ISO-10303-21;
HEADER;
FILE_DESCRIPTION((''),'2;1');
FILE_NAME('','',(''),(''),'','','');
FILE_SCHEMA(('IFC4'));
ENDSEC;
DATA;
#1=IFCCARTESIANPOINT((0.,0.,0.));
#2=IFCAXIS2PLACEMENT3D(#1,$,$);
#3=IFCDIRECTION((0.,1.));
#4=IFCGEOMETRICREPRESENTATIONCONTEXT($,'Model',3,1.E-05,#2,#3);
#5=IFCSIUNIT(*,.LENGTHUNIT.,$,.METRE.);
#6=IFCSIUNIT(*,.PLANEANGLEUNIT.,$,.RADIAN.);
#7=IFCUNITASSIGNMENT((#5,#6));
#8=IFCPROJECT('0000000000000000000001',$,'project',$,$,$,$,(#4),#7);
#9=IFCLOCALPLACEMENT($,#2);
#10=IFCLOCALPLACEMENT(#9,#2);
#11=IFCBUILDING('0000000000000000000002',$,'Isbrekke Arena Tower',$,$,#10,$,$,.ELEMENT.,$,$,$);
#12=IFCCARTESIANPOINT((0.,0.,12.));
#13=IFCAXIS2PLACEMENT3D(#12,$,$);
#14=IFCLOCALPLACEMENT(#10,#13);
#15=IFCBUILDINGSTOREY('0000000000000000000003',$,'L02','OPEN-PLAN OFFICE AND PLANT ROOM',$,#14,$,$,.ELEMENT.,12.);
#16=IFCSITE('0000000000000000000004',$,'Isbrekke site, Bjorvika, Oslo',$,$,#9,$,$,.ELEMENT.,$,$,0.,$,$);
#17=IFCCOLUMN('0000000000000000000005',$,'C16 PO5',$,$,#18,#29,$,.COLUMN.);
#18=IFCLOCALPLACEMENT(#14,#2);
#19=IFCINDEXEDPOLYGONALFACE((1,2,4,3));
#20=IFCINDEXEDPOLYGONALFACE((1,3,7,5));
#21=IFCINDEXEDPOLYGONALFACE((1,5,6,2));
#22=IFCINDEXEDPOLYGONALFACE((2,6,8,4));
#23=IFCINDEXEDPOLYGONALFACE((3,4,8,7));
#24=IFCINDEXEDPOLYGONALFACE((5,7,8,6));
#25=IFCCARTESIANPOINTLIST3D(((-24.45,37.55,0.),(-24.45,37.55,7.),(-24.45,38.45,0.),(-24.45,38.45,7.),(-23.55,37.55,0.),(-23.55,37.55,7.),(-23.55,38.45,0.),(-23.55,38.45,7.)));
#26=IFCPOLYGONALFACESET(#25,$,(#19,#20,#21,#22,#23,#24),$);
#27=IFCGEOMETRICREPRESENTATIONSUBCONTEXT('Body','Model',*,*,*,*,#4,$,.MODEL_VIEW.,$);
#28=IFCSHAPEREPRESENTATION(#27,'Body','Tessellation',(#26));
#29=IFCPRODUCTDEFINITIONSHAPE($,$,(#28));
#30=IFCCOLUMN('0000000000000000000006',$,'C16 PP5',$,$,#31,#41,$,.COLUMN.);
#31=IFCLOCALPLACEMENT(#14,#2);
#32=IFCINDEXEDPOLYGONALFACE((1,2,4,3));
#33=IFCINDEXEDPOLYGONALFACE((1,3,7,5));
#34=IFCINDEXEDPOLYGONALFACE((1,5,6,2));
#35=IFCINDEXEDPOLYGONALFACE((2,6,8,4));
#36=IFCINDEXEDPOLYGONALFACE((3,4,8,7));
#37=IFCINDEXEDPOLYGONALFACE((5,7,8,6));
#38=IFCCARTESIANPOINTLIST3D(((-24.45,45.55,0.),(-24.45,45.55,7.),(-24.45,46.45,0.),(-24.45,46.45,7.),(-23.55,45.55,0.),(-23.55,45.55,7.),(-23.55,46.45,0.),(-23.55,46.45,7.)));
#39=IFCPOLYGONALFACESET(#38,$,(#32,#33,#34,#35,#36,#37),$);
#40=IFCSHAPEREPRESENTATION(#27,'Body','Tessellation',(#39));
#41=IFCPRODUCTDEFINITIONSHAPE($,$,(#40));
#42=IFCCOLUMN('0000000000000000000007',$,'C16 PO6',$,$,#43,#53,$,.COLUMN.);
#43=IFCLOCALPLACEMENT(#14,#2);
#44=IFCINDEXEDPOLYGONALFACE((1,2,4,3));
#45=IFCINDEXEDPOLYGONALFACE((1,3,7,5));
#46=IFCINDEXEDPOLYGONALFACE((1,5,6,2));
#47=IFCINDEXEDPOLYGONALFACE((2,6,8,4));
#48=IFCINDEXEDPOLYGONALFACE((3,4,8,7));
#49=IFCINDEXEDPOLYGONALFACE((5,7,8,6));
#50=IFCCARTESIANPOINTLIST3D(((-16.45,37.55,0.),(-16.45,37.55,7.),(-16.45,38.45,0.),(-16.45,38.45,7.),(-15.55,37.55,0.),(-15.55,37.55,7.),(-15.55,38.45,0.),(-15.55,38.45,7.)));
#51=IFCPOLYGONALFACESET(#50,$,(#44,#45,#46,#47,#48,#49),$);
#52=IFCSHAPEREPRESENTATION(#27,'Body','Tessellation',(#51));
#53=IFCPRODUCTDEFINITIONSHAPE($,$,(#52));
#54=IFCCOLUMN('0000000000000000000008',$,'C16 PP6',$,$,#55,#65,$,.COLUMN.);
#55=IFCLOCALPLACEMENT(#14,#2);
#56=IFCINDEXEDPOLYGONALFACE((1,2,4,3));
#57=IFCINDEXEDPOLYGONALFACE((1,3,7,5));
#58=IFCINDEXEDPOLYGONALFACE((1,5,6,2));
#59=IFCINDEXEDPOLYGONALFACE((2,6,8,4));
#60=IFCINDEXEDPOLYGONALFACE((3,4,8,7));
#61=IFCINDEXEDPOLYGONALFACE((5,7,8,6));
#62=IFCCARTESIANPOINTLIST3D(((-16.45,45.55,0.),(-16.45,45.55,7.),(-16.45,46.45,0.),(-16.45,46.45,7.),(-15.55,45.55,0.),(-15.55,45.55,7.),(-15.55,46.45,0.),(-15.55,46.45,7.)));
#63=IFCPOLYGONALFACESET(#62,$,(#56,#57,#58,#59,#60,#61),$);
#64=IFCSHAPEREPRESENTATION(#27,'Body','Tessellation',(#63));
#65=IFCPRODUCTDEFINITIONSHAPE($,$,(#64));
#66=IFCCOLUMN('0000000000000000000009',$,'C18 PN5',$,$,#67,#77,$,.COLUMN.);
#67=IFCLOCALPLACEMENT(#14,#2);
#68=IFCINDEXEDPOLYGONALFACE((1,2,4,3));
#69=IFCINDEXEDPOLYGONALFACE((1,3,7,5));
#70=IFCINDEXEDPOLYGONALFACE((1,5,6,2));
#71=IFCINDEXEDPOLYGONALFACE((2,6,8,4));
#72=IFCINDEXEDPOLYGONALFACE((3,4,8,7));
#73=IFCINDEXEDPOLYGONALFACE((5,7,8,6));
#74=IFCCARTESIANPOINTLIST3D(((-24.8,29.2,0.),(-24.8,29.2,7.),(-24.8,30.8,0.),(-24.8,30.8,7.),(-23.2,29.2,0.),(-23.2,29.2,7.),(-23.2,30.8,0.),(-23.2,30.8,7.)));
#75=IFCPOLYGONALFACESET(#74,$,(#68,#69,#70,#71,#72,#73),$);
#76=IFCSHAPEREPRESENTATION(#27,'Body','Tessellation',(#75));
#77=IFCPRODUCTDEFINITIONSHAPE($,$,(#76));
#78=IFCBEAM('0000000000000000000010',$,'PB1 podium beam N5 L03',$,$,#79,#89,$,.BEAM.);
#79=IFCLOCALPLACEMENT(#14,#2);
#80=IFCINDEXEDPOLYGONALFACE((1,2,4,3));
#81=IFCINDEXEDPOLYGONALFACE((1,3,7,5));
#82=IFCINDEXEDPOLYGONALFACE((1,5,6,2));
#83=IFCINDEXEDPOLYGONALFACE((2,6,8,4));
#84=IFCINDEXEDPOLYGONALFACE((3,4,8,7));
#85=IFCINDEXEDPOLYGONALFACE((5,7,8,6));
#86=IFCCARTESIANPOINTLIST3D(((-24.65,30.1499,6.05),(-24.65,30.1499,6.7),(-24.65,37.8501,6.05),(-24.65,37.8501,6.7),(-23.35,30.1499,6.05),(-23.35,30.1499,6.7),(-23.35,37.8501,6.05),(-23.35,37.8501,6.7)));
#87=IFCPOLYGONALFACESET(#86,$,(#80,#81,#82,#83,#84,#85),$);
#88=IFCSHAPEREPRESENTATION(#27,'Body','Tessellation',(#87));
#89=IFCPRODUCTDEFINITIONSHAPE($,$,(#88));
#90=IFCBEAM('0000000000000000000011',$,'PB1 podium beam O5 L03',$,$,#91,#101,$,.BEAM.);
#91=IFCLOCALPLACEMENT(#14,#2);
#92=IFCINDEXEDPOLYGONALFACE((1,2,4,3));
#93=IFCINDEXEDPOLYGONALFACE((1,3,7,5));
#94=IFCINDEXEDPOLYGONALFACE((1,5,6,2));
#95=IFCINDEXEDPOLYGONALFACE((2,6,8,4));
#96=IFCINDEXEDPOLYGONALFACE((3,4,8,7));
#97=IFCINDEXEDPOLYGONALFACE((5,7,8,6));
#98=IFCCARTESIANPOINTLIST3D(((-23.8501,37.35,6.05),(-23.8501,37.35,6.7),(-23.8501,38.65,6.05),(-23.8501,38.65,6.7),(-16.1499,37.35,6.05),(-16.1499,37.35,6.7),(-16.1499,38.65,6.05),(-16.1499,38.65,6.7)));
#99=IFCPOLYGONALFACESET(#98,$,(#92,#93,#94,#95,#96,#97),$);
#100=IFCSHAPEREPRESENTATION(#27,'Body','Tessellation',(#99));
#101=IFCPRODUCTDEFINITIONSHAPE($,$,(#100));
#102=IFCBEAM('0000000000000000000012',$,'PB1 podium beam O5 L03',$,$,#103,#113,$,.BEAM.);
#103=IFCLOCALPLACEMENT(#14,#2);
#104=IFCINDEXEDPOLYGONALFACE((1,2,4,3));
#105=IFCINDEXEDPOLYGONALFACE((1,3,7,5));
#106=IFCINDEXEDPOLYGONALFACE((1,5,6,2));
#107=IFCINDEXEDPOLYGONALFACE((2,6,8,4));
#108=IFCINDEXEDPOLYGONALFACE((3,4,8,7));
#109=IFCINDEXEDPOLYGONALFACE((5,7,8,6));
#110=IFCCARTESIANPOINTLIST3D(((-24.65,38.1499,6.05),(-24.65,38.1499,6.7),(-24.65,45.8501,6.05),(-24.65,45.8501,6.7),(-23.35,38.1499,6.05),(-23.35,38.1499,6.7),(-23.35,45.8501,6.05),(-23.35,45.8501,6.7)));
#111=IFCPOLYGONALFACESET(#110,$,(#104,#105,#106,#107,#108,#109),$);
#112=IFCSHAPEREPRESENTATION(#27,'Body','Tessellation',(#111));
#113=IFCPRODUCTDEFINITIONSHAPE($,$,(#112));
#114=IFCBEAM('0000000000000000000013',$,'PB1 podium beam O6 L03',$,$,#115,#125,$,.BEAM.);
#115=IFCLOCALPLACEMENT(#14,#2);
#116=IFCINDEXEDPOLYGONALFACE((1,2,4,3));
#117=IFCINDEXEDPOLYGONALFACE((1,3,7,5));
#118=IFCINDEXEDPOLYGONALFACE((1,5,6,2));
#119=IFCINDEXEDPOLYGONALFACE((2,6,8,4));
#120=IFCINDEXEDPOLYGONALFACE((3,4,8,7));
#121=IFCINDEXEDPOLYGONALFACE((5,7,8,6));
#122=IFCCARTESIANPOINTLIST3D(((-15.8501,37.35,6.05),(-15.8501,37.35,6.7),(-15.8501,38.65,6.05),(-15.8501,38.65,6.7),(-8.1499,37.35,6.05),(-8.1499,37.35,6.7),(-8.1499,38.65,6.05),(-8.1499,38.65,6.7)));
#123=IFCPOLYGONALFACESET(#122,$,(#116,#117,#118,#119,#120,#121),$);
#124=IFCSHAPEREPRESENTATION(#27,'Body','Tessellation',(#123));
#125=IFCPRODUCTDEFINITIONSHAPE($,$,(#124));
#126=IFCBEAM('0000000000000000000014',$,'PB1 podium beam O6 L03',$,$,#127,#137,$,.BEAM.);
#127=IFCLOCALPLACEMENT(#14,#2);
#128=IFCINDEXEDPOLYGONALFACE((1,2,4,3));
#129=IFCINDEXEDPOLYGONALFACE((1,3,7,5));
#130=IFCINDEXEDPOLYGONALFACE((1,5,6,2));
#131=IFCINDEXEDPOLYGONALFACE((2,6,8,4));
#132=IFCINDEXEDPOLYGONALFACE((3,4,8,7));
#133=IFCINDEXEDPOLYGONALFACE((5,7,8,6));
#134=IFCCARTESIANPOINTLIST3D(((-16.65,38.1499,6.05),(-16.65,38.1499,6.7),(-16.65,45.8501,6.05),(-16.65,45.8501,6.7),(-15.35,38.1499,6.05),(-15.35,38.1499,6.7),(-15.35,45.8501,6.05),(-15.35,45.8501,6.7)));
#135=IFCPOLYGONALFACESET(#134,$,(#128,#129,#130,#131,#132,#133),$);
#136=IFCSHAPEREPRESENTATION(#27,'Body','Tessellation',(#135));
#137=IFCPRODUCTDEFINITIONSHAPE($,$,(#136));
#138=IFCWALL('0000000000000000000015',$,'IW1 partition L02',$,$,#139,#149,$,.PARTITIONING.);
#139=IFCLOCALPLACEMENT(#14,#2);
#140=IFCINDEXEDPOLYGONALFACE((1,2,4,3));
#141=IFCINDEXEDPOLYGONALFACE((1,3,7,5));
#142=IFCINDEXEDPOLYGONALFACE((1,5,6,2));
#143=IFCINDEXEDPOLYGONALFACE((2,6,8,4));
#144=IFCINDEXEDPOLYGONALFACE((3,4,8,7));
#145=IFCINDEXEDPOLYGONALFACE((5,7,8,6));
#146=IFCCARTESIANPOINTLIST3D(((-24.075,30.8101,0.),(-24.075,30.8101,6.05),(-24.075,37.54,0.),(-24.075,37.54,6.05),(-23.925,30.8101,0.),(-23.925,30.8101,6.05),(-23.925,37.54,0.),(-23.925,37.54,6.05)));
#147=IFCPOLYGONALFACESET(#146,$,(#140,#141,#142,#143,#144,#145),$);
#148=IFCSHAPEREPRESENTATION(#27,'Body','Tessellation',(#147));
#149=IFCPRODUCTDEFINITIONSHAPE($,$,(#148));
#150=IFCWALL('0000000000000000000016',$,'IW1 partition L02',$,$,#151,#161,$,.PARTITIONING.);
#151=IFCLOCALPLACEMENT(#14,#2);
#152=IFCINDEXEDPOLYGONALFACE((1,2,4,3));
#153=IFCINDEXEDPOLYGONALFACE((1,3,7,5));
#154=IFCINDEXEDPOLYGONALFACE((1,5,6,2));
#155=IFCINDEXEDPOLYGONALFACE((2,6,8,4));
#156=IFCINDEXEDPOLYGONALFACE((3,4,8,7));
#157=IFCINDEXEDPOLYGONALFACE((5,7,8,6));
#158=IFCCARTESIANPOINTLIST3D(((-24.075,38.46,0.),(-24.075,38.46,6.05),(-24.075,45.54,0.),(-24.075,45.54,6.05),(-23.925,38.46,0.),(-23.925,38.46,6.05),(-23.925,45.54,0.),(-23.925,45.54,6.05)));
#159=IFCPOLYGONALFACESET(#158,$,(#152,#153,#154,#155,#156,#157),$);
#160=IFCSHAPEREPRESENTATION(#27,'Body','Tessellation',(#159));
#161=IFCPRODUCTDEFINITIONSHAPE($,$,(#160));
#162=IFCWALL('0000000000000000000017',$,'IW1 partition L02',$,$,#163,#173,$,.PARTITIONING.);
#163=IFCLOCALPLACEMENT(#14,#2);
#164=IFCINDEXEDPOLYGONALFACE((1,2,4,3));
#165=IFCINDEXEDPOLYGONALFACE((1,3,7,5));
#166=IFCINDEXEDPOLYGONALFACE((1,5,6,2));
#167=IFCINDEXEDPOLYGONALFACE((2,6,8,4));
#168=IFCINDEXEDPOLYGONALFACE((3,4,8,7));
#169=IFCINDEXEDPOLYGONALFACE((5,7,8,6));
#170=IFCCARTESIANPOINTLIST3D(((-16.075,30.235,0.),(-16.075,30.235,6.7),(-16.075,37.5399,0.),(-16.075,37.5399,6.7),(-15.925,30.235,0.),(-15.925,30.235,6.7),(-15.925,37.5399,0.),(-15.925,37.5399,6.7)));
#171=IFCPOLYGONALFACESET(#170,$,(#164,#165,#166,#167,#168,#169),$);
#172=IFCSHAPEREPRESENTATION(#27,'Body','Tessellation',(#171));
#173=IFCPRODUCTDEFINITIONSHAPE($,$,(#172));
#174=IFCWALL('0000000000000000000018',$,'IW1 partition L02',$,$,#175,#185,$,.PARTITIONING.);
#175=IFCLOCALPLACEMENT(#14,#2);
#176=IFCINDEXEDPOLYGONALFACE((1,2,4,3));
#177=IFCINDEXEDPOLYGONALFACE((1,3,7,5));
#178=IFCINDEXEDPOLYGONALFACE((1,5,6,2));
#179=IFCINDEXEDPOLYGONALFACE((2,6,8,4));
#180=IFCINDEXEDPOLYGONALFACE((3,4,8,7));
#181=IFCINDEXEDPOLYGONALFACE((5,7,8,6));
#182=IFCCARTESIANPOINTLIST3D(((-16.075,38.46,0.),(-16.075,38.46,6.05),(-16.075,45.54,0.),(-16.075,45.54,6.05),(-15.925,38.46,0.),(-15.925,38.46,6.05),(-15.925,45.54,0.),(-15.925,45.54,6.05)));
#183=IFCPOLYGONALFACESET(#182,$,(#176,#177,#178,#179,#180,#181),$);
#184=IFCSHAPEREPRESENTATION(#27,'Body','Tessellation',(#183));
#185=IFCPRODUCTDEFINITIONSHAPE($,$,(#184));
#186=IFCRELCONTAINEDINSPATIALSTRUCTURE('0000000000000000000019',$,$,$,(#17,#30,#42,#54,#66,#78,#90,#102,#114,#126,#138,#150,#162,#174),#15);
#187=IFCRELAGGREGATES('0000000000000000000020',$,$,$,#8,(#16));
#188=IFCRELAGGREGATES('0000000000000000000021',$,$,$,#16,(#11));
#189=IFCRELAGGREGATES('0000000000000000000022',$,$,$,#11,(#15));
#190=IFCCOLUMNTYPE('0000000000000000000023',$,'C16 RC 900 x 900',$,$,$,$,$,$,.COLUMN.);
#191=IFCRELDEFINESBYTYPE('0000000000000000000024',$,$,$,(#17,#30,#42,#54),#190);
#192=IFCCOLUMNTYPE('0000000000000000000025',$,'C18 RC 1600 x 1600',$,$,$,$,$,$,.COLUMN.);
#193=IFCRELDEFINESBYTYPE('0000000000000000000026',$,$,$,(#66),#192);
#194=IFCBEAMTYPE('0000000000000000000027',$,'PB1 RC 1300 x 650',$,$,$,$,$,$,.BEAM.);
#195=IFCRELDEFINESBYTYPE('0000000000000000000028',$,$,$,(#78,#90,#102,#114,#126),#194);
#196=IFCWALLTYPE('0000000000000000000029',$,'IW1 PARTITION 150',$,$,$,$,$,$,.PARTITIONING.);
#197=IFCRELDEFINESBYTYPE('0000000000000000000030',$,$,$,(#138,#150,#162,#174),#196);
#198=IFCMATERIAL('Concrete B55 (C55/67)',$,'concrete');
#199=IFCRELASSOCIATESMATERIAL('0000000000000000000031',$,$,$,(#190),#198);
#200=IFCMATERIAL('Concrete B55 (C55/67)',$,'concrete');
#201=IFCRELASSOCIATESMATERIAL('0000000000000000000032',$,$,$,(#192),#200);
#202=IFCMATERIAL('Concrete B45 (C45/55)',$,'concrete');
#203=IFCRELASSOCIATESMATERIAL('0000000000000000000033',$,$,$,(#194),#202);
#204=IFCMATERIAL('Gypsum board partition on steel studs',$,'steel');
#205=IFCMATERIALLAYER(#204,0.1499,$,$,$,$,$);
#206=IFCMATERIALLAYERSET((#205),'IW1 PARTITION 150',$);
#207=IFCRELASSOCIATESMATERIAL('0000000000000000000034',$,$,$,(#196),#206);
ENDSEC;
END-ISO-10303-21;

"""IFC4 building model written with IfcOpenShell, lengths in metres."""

from ifc_helpers import new_model, si_unit, direction, frame, frame_2d, origin, origin_2d, place, context, subcontext, project, spatial, rectangle, extrude, material, layer, layer_set, material_profile, profile_set, type_object, element, save


model = new_model("IFC4")

# Units and contexts
model_context = context("Model", 3, precision=1e-05, world=origin(), true_north=direction((0.0, 1.0)))
body_context = subcontext(model_context, "Body", "Model", "MODEL_VIEW")
ifc_project = project(units=[si_unit("LENGTHUNIT", "METRE"), si_unit("PLANEANGLEUNIT", "RADIAN")], contexts=[model_context])

# Site, building, storey
site_placement = place(None, origin())
site = spatial("IfcSite", under=ifc_project, at=site_placement, Name="Isbrekke site, Bjorvika, Oslo", CompositionType="ELEMENT", RefElevation=0.0)
building_placement = place(site_placement, origin())
building = spatial("IfcBuilding", under=site, at=building_placement, Name="Isbrekke Arena Tower", CompositionType="ELEMENT")
storey_placement = place(building_placement, frame((0.0, 0.0, 12.0)))
storey = spatial("IfcBuildingStorey", under=building, at=storey_placement, Name="L02", Description="OPEN-PLAN OFFICE AND PLANT ROOM", CompositionType="ELEMENT", Elevation=12.0)

# Columns
ifc_material_1 = material(Name="Concrete B55 (C55/67)", Category="concrete")
ifc_material_profile_1 = material_profile(ifc_material_1, rectangle(XDim=0.8999, YDim=0.8999, at=origin_2d()), Name="RC 900x900")
ifc_profile_set_1 = profile_set([ifc_material_profile_1], Name="Concrete B55 (C55/67)")
column_type_1 = type_object("IfcColumnType", Name="C16 RC 900 x 900", PredefinedType="COLUMN", material=ifc_profile_set_1)
for number, where, z_axis, x_axis, name in (
    (1, (-24.0, 38.0, 0.0), (0.0, 0.0, 1.0), (1.0, 0.0, 0.0), "C16 PO5"),
    (2, (-24.0, 46.0, 0.0), (0.0, 0.0, 1.0), (1.0, 0.0, 0.0), "C16 PP5"),
    (3, (-16.0, 38.0, 0.0), (0.0, 0.0, 1.0), (1.0, 0.0, 0.0), "C16 PO6"),
    (4, (-16.0, 46.0, 0.0), (0.0, 0.0, 1.0), (1.0, 0.0, 0.0), "C16 PP6"),
):
    element("IfcColumn", number, at=place(storey_placement, frame(where, z_axis=z_axis, x_axis=x_axis)), inside=storey, type_object=column_type_1, Name=name, PredefinedType="COLUMN", context=body_context, shape_type="SweptSolid", body=[
        extrude(rectangle(XDim=0.8999, YDim=0.8999, at=origin_2d()), origin(), (0.0, 0.0, 1.0), 7.0),
    ])
ifc_material_2 = material(Name="Concrete B55 (C55/67)", Category="concrete")
ifc_material_profile_2 = material_profile(ifc_material_2, rectangle(XDim=1.6001, YDim=1.6001, at=origin_2d()), Name="RC 1600x1600")
ifc_profile_set_2 = profile_set([ifc_material_profile_2], Name="Concrete B55 (C55/67)")
column_type_2 = type_object("IfcColumnType", Name="C18 RC 1600 x 1600", PredefinedType="COLUMN", material=ifc_profile_set_2)
column_placement = place(storey_placement, frame((-24.0, 30.0, 0.0), z_axis=(0.0, 0.0, 1.0), x_axis=(1.0, 0.0, 0.0)))
element("IfcColumn", 5, at=column_placement, inside=storey, type_object=column_type_2, Name="C18 PN5", PredefinedType="COLUMN", context=body_context, shape_type="SweptSolid", body=[
    extrude(rectangle(XDim=1.6001, YDim=1.6001, at=origin_2d()), origin(), (0.0, 0.0, 1.0), 7.0),
])

# Beams
ifc_material_3 = material(Name="Concrete B45 (C45/55)", Category="concrete")
ifc_material_profile_3 = material_profile(ifc_material_3, rectangle(XDim=1.3, YDim=0.6499, at=origin_2d()), Name="RC 1300x650")
ifc_profile_set_3 = profile_set([ifc_material_profile_3], Name="Concrete B45 (C45/55)")
beam_type = type_object("IfcBeamType", Name="PB1 RC 1300 x 650", PredefinedType="BEAM", material=ifc_profile_set_3)
for number, where, z_axis, x_axis, name in (
    (6, (-24.0, 30.1499, 6.375), (0.0, 1.0, 0.0), (-1.0, 0.0, 0.0), "PB1 podium beam N5 L03"),
    (7, (-23.8501, 38.0, 6.375), (1.0, 0.0, 0.0), (0.0, 1.0, 0.0), "PB1 podium beam O5 L03"),
    (8, (-24.0, 38.1499, 6.375), (0.0, 1.0, 0.0), (-1.0, 0.0, 0.0), "PB1 podium beam O5 L03"),
    (9, (-15.8501, 38.0, 6.375), (1.0, 0.0, 0.0), (0.0, 1.0, 0.0), "PB1 podium beam O6 L03"),
    (10, (-16.0, 38.1499, 6.375), (0.0, 1.0, 0.0), (-1.0, 0.0, 0.0), "PB1 podium beam O6 L03"),
):
    element("IfcBeam", number, at=place(storey_placement, frame(where, z_axis=z_axis, x_axis=x_axis)), inside=storey, type_object=beam_type, Name=name, PredefinedType="BEAM", context=body_context, shape_type="SweptSolid", body=[
        extrude(rectangle(XDim=1.3, YDim=0.6499, at=origin_2d()), origin(), (0.0, 0.0, 1.0), 7.7002),
    ])

# Walls
ifc_material_4 = material(Name="Gypsum board partition on steel studs", Category="steel")
ifc_layer_1 = layer(ifc_material_4, 0.1499)
ifc_layer_set_1 = layer_set([ifc_layer_1], Name="IW1 PARTITION 150")
wall_type_1 = type_object("IfcWallType", Name="IW1 PARTITION 150", PredefinedType="PARTITIONING", material=ifc_layer_set_1)
wall_1_placement = place(storey_placement, frame((-24.0, 30.8101, 0.0), z_axis=(0.0, 0.0, 1.0), x_axis=(0.0, 1.0, 0.0)))
element("IfcWall", 11, at=wall_1_placement, inside=storey, type_object=wall_type_1, Name="IW1 partition L02", PredefinedType="PARTITIONING", context=body_context, shape_type="SweptSolid", body=[
    extrude(rectangle(XDim=6.73, YDim=0.1499, at=frame_2d((3.365, 0.0))), origin(), (0.0, 0.0, 1.0), 6.05),
])
wall_2_placement = place(storey_placement, frame((-24.0, 38.46, 0.0), z_axis=(0.0, 0.0, 1.0), x_axis=(0.0, 1.0, 0.0)))
element("IfcWall", 12, at=wall_2_placement, inside=storey, type_object=wall_type_1, Name="IW1 partition L02", PredefinedType="PARTITIONING", context=body_context, shape_type="SweptSolid", body=[
    extrude(rectangle(XDim=7.0801, YDim=0.1499, at=frame_2d((3.54, 0.0))), origin(), (0.0, 0.0, 1.0), 6.05),
])
wall_3_placement = place(storey_placement, frame((-16.0, 30.2351, 0.0), z_axis=(0.0, 0.0, 1.0), x_axis=(0.0, 1.0, 0.0)))
element("IfcWall", 13, at=wall_3_placement, inside=storey, type_object=wall_type_1, Name="IW1 partition L02", PredefinedType="PARTITIONING", context=body_context, shape_type="SweptSolid", body=[
    extrude(rectangle(XDim=7.3049, YDim=0.1499, at=frame_2d((3.6523, 0.0))), origin(), (0.0, 0.0, 1.0), 6.7),
])
wall_4_placement = place(storey_placement, frame((-16.0, 38.46, 0.0), z_axis=(0.0, 0.0, 1.0), x_axis=(0.0, 1.0, 0.0)))
element("IfcWall", 14, at=wall_4_placement, inside=storey, type_object=wall_type_1, Name="IW1 partition L02", PredefinedType="PARTITIONING", context=body_context, shape_type="SweptSolid", body=[
    extrude(rectangle(XDim=7.0801, YDim=0.1499, at=frame_2d((3.54, 0.0))), origin(), (0.0, 0.0, 1.0), 6.05),
])

save(model, "model.ifc")
